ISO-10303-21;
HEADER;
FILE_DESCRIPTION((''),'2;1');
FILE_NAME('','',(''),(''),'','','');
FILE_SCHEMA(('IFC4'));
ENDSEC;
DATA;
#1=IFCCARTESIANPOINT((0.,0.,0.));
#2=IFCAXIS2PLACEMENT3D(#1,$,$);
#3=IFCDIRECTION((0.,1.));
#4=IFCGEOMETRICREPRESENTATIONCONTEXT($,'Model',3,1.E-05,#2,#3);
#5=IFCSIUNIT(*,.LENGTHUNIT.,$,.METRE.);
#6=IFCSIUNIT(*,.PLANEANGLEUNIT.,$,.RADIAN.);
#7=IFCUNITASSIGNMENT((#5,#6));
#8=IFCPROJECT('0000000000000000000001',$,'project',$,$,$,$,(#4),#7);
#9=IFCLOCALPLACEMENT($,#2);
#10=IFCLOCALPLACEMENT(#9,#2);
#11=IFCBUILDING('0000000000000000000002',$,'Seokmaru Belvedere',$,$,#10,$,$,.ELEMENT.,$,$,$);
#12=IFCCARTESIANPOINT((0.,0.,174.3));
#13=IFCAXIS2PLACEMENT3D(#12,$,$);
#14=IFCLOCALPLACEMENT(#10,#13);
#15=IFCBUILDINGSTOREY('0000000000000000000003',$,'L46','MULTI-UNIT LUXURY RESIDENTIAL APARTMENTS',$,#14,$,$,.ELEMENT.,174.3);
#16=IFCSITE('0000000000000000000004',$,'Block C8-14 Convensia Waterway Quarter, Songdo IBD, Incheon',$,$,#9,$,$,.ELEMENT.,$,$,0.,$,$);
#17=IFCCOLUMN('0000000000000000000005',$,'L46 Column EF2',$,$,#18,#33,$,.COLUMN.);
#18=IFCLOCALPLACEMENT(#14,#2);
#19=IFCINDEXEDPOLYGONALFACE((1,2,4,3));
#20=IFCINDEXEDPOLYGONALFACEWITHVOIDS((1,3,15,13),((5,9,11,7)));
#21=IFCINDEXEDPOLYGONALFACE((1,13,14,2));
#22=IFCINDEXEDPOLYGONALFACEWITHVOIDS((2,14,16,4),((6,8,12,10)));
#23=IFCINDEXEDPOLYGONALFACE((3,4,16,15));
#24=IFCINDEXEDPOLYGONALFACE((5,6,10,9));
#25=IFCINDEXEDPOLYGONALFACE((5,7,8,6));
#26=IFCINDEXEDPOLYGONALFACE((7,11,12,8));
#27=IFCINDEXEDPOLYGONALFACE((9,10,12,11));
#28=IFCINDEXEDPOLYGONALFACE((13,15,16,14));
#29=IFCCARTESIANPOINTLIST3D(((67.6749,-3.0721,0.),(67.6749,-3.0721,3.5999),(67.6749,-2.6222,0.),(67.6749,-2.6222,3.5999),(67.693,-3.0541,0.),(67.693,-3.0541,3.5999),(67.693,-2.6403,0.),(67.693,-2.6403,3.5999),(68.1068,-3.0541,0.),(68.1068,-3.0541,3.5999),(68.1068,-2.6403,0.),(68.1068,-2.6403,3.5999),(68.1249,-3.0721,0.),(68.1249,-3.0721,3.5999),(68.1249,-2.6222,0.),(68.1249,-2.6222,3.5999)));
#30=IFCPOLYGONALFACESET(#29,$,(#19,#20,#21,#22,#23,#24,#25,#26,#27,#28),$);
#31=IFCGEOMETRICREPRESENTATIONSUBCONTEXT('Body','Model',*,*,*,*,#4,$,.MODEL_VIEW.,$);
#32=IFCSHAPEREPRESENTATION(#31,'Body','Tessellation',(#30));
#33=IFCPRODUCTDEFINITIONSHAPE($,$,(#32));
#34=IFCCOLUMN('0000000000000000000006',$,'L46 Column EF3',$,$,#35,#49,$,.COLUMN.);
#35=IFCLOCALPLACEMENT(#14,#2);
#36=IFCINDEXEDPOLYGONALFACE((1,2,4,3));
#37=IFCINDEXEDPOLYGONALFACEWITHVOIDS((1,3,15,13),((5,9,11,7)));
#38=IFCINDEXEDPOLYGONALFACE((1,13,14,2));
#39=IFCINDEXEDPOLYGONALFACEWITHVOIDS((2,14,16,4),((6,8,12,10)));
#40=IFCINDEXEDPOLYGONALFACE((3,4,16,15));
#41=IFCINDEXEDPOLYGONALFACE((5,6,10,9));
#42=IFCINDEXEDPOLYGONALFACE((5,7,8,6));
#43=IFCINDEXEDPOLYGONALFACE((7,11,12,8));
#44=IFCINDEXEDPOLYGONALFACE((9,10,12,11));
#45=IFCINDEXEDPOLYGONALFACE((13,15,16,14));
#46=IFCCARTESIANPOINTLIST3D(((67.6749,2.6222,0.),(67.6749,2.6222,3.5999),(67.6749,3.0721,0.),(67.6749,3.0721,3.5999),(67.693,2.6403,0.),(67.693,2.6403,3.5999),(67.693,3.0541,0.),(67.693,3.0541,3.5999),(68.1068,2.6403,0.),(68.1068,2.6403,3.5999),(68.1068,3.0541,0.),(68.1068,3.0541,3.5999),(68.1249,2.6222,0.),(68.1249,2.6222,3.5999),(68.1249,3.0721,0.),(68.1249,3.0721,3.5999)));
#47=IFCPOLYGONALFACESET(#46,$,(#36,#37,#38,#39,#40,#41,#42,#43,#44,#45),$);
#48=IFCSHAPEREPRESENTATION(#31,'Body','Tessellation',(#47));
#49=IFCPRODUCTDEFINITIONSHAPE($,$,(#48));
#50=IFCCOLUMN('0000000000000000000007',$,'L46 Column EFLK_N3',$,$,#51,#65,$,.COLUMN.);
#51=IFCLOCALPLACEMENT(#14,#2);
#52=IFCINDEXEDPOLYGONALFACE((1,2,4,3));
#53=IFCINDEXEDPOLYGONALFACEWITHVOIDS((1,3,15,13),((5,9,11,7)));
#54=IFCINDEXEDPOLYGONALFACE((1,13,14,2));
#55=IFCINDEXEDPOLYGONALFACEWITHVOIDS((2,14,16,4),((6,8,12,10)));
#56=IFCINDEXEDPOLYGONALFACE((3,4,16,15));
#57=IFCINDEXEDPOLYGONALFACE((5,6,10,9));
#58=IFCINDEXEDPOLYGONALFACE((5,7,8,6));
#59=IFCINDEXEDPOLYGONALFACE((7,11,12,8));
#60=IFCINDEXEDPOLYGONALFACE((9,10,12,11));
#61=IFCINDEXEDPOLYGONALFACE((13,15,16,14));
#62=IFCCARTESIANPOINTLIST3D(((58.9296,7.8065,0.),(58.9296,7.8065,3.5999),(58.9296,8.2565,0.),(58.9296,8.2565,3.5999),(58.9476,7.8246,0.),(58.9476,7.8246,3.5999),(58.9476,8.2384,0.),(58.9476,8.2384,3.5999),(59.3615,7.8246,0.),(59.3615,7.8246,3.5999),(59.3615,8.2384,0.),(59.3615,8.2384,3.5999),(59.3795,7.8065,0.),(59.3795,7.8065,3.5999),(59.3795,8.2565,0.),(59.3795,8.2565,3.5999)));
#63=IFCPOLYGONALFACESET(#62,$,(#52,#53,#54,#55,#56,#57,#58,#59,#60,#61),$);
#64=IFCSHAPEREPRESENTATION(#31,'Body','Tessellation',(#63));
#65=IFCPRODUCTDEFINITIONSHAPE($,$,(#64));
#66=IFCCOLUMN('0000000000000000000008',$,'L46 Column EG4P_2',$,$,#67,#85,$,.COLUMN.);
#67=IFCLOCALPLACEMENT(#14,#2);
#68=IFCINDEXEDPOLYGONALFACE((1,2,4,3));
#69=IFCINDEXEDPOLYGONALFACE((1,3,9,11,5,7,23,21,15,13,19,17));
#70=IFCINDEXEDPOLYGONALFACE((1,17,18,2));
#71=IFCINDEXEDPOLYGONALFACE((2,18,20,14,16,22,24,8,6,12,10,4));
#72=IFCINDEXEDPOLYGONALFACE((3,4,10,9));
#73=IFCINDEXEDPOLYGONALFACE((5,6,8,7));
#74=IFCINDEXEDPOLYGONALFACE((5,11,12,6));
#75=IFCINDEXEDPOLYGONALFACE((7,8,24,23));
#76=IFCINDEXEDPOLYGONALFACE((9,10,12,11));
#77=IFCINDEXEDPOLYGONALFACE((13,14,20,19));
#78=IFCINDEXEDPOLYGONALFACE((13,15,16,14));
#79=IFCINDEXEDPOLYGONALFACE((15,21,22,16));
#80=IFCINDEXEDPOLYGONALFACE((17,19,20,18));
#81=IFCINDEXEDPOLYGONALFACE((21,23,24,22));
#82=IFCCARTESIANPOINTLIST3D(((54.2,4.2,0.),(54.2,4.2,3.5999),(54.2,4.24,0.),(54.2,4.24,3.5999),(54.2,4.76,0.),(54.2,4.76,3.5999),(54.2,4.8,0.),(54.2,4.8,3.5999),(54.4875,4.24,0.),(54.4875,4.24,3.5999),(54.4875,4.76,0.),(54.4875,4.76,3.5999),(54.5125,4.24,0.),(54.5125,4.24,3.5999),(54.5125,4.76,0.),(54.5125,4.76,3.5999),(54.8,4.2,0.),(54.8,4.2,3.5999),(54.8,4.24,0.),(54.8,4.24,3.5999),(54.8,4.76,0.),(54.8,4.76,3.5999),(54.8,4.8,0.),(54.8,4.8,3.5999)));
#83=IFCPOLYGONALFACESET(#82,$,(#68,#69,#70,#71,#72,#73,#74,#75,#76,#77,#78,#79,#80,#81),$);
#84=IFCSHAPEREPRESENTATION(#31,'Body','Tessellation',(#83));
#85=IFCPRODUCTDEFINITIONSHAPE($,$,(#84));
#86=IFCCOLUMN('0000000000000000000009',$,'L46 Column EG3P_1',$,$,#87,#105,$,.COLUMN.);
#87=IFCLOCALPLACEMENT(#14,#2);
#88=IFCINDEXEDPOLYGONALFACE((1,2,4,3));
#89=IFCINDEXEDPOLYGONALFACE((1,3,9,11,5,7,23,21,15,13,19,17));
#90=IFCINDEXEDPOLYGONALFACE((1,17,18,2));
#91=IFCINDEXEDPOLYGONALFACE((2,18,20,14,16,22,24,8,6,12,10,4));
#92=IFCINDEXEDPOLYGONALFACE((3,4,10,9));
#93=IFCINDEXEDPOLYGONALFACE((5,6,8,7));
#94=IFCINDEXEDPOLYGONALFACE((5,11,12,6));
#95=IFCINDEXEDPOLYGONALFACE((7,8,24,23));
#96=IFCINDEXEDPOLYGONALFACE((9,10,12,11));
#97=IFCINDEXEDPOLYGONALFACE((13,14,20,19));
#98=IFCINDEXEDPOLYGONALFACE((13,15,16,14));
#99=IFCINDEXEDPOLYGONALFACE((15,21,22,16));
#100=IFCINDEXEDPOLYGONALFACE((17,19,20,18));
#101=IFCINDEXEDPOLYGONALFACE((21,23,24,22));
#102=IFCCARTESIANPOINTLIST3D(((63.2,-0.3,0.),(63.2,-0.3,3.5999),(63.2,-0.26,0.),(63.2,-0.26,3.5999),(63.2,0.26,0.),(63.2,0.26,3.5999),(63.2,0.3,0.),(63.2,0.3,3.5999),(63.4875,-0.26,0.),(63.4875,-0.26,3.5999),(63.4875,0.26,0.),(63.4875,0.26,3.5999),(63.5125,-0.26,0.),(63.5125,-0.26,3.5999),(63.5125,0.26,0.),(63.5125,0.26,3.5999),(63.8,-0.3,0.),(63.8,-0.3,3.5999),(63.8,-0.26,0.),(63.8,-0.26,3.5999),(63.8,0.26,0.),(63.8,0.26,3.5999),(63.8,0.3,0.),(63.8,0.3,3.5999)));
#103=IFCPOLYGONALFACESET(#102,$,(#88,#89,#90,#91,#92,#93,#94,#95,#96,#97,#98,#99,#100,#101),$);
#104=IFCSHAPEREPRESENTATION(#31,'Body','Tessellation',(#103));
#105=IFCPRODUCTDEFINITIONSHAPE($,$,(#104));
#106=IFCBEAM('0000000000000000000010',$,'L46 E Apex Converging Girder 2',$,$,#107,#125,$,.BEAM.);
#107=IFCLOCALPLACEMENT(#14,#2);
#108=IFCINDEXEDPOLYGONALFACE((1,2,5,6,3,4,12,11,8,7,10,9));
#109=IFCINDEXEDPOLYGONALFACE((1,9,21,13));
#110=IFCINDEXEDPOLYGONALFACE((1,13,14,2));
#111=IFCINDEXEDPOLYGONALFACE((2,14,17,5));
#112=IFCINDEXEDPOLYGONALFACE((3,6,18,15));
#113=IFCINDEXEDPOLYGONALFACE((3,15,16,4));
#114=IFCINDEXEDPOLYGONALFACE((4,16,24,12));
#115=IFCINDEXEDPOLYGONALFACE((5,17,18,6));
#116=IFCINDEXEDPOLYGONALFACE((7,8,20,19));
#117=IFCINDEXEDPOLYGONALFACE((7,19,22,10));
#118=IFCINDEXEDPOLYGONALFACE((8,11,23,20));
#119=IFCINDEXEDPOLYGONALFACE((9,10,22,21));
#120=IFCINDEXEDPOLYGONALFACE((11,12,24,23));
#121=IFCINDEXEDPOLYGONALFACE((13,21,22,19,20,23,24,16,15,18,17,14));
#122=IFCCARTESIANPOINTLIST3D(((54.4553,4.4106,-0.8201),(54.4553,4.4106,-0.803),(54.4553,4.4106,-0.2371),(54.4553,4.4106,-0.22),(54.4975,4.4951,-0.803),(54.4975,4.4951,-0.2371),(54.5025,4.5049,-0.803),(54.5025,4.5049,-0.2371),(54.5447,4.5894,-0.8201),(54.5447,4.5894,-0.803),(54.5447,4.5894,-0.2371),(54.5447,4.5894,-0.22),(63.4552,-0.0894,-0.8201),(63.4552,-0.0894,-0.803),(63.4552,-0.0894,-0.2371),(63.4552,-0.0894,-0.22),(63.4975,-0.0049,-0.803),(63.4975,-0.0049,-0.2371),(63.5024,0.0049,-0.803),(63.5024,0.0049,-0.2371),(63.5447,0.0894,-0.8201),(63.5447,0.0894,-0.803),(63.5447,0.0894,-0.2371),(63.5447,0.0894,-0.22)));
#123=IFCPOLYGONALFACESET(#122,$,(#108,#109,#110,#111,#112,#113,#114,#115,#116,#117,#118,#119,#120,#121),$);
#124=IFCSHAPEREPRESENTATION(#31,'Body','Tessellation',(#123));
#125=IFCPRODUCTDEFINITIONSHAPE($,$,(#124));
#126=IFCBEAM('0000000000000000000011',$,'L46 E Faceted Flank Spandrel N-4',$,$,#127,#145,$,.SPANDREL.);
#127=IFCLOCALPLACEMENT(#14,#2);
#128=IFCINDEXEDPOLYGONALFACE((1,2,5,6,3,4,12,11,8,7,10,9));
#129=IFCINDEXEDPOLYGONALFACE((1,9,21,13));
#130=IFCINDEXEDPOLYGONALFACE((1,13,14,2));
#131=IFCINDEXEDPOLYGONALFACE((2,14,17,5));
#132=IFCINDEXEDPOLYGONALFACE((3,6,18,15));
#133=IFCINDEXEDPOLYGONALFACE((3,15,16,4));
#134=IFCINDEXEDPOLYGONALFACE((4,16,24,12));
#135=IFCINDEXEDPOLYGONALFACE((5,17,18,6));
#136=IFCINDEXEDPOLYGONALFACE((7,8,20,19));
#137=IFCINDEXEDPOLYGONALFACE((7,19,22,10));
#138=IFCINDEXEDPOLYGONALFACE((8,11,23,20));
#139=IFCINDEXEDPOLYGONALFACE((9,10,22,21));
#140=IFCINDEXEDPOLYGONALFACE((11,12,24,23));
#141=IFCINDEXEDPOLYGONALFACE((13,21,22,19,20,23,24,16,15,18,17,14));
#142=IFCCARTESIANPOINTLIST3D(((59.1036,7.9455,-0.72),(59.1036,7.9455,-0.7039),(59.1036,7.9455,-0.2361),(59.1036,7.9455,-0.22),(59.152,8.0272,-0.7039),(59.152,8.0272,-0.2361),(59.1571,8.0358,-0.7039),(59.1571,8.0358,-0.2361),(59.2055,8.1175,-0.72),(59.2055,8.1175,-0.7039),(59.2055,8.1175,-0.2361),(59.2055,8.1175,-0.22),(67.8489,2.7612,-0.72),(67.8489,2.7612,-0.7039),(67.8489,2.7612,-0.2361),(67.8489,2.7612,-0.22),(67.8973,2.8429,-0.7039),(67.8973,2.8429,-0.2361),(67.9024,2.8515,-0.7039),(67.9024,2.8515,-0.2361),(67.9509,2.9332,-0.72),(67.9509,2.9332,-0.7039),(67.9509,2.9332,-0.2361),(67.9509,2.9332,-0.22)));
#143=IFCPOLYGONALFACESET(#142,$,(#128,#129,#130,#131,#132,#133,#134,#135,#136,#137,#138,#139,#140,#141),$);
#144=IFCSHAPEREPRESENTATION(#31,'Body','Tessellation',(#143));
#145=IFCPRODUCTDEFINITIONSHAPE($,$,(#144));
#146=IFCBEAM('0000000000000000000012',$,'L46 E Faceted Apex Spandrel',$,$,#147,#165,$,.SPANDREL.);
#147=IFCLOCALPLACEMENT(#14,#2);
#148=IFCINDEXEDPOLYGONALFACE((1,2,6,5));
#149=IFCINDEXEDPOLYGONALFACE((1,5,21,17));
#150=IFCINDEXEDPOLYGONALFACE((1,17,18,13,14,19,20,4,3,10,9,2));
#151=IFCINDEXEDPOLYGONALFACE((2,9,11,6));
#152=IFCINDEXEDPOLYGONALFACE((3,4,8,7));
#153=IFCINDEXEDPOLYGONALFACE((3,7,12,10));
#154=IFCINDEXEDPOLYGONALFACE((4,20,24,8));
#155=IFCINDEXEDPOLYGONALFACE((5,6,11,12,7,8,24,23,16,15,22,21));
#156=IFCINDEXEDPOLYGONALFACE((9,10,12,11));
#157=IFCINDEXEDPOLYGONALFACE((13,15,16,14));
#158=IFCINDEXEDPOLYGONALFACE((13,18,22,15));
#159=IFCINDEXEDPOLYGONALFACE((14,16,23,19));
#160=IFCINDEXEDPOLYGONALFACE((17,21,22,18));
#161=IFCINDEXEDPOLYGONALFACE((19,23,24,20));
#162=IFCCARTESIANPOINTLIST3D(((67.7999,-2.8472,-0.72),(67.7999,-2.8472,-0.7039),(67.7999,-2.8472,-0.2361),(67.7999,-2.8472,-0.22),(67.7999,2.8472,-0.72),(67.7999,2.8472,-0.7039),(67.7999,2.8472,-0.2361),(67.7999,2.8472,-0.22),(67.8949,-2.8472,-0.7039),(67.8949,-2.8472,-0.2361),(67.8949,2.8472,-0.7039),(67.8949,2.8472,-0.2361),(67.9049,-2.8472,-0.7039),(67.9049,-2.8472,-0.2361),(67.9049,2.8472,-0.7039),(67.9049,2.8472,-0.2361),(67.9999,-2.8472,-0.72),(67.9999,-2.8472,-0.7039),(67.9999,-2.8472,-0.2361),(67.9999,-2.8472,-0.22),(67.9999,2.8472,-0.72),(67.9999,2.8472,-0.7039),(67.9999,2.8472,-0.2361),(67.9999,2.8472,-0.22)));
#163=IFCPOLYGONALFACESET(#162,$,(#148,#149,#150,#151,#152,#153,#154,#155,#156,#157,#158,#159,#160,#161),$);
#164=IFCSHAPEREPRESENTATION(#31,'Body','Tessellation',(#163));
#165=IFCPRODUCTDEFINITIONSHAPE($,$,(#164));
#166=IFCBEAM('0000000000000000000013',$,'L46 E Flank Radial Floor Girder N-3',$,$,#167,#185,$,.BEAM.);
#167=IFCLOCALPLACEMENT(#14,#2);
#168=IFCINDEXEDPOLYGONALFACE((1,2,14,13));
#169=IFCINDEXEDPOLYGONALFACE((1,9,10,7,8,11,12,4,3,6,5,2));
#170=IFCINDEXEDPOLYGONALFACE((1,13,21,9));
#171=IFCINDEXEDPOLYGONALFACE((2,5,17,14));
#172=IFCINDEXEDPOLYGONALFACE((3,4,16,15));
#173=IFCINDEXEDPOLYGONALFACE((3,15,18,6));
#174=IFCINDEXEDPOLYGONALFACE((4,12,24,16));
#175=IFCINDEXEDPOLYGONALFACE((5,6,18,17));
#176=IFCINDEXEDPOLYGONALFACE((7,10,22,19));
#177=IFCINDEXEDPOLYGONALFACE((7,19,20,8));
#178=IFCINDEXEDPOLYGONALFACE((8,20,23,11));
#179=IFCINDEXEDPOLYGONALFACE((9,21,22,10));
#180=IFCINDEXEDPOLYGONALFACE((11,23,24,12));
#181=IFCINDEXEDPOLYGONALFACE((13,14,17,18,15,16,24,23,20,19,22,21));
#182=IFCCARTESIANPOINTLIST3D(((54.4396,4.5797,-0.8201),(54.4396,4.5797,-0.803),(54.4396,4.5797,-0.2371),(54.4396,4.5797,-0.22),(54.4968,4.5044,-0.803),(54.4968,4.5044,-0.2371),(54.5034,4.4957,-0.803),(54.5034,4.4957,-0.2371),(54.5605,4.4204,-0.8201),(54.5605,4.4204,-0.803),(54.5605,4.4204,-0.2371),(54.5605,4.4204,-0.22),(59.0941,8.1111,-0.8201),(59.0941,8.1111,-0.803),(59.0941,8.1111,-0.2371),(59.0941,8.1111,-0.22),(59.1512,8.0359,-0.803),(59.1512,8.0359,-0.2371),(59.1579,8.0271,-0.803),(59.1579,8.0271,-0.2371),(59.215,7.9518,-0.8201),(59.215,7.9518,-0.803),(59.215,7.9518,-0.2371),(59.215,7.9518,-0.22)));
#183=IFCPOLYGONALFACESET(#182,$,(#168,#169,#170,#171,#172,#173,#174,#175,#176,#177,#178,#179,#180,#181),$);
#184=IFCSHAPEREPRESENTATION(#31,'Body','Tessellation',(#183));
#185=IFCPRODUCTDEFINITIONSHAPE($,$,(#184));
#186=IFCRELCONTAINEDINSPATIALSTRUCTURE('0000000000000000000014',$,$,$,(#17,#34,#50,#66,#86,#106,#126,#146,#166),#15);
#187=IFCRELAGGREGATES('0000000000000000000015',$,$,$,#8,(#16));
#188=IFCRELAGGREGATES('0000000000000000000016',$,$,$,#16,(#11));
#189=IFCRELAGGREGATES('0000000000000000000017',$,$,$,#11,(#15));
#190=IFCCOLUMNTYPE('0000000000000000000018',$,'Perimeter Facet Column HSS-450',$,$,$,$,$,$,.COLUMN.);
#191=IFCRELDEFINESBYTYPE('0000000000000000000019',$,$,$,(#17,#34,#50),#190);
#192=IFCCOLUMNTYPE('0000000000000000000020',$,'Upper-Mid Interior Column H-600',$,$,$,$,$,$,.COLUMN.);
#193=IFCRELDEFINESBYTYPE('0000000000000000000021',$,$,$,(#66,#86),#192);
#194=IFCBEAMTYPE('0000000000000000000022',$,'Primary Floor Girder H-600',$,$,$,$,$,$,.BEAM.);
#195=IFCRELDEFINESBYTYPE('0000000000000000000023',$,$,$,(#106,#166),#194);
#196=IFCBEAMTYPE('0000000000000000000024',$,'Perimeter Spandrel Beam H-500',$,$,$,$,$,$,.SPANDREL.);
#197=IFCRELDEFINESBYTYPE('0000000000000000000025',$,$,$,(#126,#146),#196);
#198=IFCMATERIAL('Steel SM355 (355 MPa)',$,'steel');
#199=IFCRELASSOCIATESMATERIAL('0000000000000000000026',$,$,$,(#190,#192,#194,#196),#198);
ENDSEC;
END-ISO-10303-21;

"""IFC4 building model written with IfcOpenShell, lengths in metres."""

from ifc_helpers import new_model, si_unit, direction, frame, origin, origin_2d, place, context, subcontext, project, spatial, hollow_rectangle, i_section, extrude, source, transform, mapped, material, material_profile, profile_set, type_object, type_shapes, element, save


model = new_model("IFC4")

# Units and contexts
model_context = context("Model", 3, precision=1e-05, world=origin(), true_north=direction((0.0, 1.0)))
body_context = subcontext(model_context, "Body", "Model", "MODEL_VIEW")
ifc_project = project(units=[si_unit("LENGTHUNIT", "METRE"), si_unit("PLANEANGLEUNIT", "RADIAN")], contexts=[model_context])

# Site, building, storey
site_placement = place(None, origin())
site = spatial("IfcSite", under=ifc_project, at=site_placement, Name="Block C8-14 Convensia Waterway Quarter, Songdo IBD, Incheon", CompositionType="ELEMENT", RefElevation=0.0)
building_placement = place(site_placement, origin())
building = spatial("IfcBuilding", under=site, at=building_placement, Name="Seokmaru Belvedere", CompositionType="ELEMENT")
storey_placement = place(building_placement, frame((0.0, 0.0, 174.3)))
storey = spatial("IfcBuildingStorey", under=building, at=storey_placement, Name="L46", Description="MULTI-UNIT LUXURY RESIDENTIAL APARTMENTS", CompositionType="ELEMENT", Elevation=174.3)

# Columns
ifc_material_1 = material(Name="Steel SM355 (355 MPa)", Category="steel")
ifc_material_profile_1 = material_profile(ifc_material_1, hollow_rectangle(XDim=0.45, YDim=0.45, WallThickness=0.0181, at=origin_2d()), Name="HSS-450x450x18")
ifc_profile_set_1 = profile_set([ifc_material_profile_1], Name="Steel SM355 (355 MPa)")
column_type_1 = type_object("IfcColumnType", Name="Perimeter Facet Column HSS-450", PredefinedType="COLUMN", material=ifc_profile_set_1)
shared_shape_1 = source(origin(), body_context, "Body", "SweptSolid", [
    extrude(hollow_rectangle(XDim=0.45, YDim=0.45, WallThickness=0.0181, at=origin_2d()), origin(), (0.0, 0.0, 1.0), 3.5999),
])
type_shapes(column_type_1, [shared_shape_1])
for number, where, z_axis, x_axis, name in (
    (1, (67.8999, -2.8472, 0.0), (0.0, 0.0, 1.0), (1.0, 0.0, 0.0), "L46 Column EF2"),
    (2, (67.8999, 2.8472, 0.0), (0.0, 0.0, 1.0), (1.0, 0.0, 0.0), "L46 Column EF3"),
    (3, (59.1545, 8.0315, 0.0), (0.0, 0.0, 1.0), (1.0, 0.0, 0.0), "L46 Column EFLK_N3"),
):
    element("IfcColumn", number, at=place(storey_placement, frame(where, z_axis=z_axis, x_axis=x_axis)), inside=storey, type_object=column_type_1, Name=name, PredefinedType="COLUMN", context=body_context, shape_type="MappedRepresentation", body=[
        mapped(shared_shape_1, transform((0.0, 0.0, 0.0), scale=1.0)),
    ])
ifc_material_profile_2 = material_profile(ifc_material_1, i_section(OverallWidth=0.6001, OverallDepth=0.6001, WebThickness=0.0249, FlangeThickness=0.04, at=origin_2d()), Name="H-600x600x25x40")
ifc_profile_set_2 = profile_set([ifc_material_profile_2], Name="Steel SM355 (355 MPa)")
column_type_2 = type_object("IfcColumnType", Name="Upper-Mid Interior Column H-600", PredefinedType="COLUMN", material=ifc_profile_set_2)
shared_shape_2 = source(origin(), body_context, "Body", "SweptSolid", [
    extrude(i_section(OverallWidth=0.6001, OverallDepth=0.6001, WebThickness=0.0249, FlangeThickness=0.04, at=origin_2d()), origin(), (0.0, 0.0, 1.0), 3.5999),
])
type_shapes(column_type_2, [shared_shape_2])
for number, where, z_axis, x_axis, name in (
    (4, (54.5, 4.5, 0.0), (0.0, 0.0, 1.0), (1.0, 0.0, 0.0), "L46 Column EG4P_2"),
    (5, (63.5, 0.0, 0.0), (0.0, 0.0, 1.0), (1.0, 0.0, 0.0), "L46 Column EG3P_1"),
):
    element("IfcColumn", number, at=place(storey_placement, frame(where, z_axis=z_axis, x_axis=x_axis)), inside=storey, type_object=column_type_2, Name=name, PredefinedType="COLUMN", context=body_context, shape_type="MappedRepresentation", body=[
        mapped(shared_shape_2, transform((0.0, 0.0, 0.0), scale=1.0)),
    ])

# Beams
ifc_material_profile_3 = material_profile(ifc_material_1, i_section(OverallWidth=0.2, OverallDepth=0.6001, WebThickness=0.011, FlangeThickness=0.0171, at=origin_2d()), Name="H-600x200x11x17")
ifc_profile_set_3 = profile_set([ifc_material_profile_3], Name="Steel SM355 (355 MPa)")
beam_type_1 = type_object("IfcBeamType", Name="Primary Floor Girder H-600", PredefinedType="BEAM", material=ifc_profile_set_3)
shared_shape_3 = source(origin(), body_context, "Body", "SweptSolid", [
    extrude(i_section(OverallWidth=0.2, OverallDepth=0.6001, WebThickness=0.011, FlangeThickness=0.0171, at=origin_2d()), origin(), (0.0, 0.0, 1.0), 10.0623),
])
beam_1_placement = place(storey_placement, frame((54.5, 4.5, -0.52), z_axis=(0.894427, -0.447214, 0.0), x_axis=(0.447214, 0.894427, 0.0)))
element("IfcBeam", 6, at=beam_1_placement, inside=storey, type_object=beam_type_1, Name="L46 E Apex Converging Girder 2", PredefinedType="BEAM", context=body_context, shape_type="MappedRepresentation", body=[
    mapped(shared_shape_3, transform((0.0, 0.0, 0.0), scale=1.0)),
])
ifc_material_profile_4 = material_profile(ifc_material_1, i_section(OverallWidth=0.2, OverallDepth=0.5, WebThickness=0.01, FlangeThickness=0.0161, at=origin_2d()), Name="H-500x200x10x16")
ifc_profile_set_4 = profile_set([ifc_material_profile_4], Name="Steel SM355 (355 MPa)")
beam_type_2 = type_object("IfcBeamType", Name="Perimeter Spandrel Beam H-500", PredefinedType="SPANDREL", material=ifc_profile_set_4)
shared_shape_4 = source(origin(), body_context, "Body", "SweptSolid", [
    extrude(i_section(OverallWidth=0.2, OverallDepth=0.5, WebThickness=0.01, FlangeThickness=0.0161, at=origin_2d()), origin(), (0.0, 0.0, 1.0), 10.1665),
])
beam_2_placement = place(storey_placement, frame((59.1545, 8.0315, -0.47), z_axis=(0.86021, -0.50994, 0.0), x_axis=(0.50994, 0.86021, 0.0)))
element("IfcBeam", 7, at=beam_2_placement, inside=storey, type_object=beam_type_2, Name="L46 E Faceted Flank Spandrel N-4", PredefinedType="SPANDREL", context=body_context, shape_type="MappedRepresentation", body=[
    mapped(shared_shape_4, transform((0.0, 0.0, 0.0), scale=1.0)),
])
shared_shape_5 = source(origin(), body_context, "Body", "SweptSolid", [
    extrude(i_section(OverallWidth=0.2, OverallDepth=0.5, WebThickness=0.01, FlangeThickness=0.0161, at=origin_2d()), origin(), (0.0, 0.0, 1.0), 5.6943),
])
type_shapes(beam_type_2, [shared_shape_4, shared_shape_5])
beam_3_placement = place(storey_placement, frame((67.8999, -2.8472, -0.47), z_axis=(0.0, 1.0, 0.0), x_axis=(-1.0, 0.0, 0.0)))
element("IfcBeam", 8, at=beam_3_placement, inside=storey, type_object=beam_type_2, Name="L46 E Faceted Apex Spandrel", PredefinedType="SPANDREL", context=body_context, shape_type="MappedRepresentation", body=[
    mapped(shared_shape_5, transform((0.0, 0.0, 0.0), scale=1.0)),
])
shared_shape_6 = source(origin(), body_context, "Body", "SweptSolid", [
    extrude(i_section(OverallWidth=0.2, OverallDepth=0.6001, WebThickness=0.011, FlangeThickness=0.0171, at=origin_2d()), origin(), (0.0, 0.0, 1.0), 5.8425),
])
beam_4_placement = place(storey_placement, frame((59.1545, 8.0315, -0.52), z_axis=(-0.796653, -0.604437, 0.0), x_axis=(0.604437, -0.796653, 0.0)))
element("IfcBeam", 9, at=beam_4_placement, inside=storey, type_object=beam_type_1, Name="L46 E Flank Radial Floor Girder N-3", PredefinedType="BEAM", context=body_context, shape_type="MappedRepresentation", body=[
    mapped(shared_shape_6, transform((0.0, 0.0, 0.0), scale=1.0)),
])

save(model, "model.ifc")
